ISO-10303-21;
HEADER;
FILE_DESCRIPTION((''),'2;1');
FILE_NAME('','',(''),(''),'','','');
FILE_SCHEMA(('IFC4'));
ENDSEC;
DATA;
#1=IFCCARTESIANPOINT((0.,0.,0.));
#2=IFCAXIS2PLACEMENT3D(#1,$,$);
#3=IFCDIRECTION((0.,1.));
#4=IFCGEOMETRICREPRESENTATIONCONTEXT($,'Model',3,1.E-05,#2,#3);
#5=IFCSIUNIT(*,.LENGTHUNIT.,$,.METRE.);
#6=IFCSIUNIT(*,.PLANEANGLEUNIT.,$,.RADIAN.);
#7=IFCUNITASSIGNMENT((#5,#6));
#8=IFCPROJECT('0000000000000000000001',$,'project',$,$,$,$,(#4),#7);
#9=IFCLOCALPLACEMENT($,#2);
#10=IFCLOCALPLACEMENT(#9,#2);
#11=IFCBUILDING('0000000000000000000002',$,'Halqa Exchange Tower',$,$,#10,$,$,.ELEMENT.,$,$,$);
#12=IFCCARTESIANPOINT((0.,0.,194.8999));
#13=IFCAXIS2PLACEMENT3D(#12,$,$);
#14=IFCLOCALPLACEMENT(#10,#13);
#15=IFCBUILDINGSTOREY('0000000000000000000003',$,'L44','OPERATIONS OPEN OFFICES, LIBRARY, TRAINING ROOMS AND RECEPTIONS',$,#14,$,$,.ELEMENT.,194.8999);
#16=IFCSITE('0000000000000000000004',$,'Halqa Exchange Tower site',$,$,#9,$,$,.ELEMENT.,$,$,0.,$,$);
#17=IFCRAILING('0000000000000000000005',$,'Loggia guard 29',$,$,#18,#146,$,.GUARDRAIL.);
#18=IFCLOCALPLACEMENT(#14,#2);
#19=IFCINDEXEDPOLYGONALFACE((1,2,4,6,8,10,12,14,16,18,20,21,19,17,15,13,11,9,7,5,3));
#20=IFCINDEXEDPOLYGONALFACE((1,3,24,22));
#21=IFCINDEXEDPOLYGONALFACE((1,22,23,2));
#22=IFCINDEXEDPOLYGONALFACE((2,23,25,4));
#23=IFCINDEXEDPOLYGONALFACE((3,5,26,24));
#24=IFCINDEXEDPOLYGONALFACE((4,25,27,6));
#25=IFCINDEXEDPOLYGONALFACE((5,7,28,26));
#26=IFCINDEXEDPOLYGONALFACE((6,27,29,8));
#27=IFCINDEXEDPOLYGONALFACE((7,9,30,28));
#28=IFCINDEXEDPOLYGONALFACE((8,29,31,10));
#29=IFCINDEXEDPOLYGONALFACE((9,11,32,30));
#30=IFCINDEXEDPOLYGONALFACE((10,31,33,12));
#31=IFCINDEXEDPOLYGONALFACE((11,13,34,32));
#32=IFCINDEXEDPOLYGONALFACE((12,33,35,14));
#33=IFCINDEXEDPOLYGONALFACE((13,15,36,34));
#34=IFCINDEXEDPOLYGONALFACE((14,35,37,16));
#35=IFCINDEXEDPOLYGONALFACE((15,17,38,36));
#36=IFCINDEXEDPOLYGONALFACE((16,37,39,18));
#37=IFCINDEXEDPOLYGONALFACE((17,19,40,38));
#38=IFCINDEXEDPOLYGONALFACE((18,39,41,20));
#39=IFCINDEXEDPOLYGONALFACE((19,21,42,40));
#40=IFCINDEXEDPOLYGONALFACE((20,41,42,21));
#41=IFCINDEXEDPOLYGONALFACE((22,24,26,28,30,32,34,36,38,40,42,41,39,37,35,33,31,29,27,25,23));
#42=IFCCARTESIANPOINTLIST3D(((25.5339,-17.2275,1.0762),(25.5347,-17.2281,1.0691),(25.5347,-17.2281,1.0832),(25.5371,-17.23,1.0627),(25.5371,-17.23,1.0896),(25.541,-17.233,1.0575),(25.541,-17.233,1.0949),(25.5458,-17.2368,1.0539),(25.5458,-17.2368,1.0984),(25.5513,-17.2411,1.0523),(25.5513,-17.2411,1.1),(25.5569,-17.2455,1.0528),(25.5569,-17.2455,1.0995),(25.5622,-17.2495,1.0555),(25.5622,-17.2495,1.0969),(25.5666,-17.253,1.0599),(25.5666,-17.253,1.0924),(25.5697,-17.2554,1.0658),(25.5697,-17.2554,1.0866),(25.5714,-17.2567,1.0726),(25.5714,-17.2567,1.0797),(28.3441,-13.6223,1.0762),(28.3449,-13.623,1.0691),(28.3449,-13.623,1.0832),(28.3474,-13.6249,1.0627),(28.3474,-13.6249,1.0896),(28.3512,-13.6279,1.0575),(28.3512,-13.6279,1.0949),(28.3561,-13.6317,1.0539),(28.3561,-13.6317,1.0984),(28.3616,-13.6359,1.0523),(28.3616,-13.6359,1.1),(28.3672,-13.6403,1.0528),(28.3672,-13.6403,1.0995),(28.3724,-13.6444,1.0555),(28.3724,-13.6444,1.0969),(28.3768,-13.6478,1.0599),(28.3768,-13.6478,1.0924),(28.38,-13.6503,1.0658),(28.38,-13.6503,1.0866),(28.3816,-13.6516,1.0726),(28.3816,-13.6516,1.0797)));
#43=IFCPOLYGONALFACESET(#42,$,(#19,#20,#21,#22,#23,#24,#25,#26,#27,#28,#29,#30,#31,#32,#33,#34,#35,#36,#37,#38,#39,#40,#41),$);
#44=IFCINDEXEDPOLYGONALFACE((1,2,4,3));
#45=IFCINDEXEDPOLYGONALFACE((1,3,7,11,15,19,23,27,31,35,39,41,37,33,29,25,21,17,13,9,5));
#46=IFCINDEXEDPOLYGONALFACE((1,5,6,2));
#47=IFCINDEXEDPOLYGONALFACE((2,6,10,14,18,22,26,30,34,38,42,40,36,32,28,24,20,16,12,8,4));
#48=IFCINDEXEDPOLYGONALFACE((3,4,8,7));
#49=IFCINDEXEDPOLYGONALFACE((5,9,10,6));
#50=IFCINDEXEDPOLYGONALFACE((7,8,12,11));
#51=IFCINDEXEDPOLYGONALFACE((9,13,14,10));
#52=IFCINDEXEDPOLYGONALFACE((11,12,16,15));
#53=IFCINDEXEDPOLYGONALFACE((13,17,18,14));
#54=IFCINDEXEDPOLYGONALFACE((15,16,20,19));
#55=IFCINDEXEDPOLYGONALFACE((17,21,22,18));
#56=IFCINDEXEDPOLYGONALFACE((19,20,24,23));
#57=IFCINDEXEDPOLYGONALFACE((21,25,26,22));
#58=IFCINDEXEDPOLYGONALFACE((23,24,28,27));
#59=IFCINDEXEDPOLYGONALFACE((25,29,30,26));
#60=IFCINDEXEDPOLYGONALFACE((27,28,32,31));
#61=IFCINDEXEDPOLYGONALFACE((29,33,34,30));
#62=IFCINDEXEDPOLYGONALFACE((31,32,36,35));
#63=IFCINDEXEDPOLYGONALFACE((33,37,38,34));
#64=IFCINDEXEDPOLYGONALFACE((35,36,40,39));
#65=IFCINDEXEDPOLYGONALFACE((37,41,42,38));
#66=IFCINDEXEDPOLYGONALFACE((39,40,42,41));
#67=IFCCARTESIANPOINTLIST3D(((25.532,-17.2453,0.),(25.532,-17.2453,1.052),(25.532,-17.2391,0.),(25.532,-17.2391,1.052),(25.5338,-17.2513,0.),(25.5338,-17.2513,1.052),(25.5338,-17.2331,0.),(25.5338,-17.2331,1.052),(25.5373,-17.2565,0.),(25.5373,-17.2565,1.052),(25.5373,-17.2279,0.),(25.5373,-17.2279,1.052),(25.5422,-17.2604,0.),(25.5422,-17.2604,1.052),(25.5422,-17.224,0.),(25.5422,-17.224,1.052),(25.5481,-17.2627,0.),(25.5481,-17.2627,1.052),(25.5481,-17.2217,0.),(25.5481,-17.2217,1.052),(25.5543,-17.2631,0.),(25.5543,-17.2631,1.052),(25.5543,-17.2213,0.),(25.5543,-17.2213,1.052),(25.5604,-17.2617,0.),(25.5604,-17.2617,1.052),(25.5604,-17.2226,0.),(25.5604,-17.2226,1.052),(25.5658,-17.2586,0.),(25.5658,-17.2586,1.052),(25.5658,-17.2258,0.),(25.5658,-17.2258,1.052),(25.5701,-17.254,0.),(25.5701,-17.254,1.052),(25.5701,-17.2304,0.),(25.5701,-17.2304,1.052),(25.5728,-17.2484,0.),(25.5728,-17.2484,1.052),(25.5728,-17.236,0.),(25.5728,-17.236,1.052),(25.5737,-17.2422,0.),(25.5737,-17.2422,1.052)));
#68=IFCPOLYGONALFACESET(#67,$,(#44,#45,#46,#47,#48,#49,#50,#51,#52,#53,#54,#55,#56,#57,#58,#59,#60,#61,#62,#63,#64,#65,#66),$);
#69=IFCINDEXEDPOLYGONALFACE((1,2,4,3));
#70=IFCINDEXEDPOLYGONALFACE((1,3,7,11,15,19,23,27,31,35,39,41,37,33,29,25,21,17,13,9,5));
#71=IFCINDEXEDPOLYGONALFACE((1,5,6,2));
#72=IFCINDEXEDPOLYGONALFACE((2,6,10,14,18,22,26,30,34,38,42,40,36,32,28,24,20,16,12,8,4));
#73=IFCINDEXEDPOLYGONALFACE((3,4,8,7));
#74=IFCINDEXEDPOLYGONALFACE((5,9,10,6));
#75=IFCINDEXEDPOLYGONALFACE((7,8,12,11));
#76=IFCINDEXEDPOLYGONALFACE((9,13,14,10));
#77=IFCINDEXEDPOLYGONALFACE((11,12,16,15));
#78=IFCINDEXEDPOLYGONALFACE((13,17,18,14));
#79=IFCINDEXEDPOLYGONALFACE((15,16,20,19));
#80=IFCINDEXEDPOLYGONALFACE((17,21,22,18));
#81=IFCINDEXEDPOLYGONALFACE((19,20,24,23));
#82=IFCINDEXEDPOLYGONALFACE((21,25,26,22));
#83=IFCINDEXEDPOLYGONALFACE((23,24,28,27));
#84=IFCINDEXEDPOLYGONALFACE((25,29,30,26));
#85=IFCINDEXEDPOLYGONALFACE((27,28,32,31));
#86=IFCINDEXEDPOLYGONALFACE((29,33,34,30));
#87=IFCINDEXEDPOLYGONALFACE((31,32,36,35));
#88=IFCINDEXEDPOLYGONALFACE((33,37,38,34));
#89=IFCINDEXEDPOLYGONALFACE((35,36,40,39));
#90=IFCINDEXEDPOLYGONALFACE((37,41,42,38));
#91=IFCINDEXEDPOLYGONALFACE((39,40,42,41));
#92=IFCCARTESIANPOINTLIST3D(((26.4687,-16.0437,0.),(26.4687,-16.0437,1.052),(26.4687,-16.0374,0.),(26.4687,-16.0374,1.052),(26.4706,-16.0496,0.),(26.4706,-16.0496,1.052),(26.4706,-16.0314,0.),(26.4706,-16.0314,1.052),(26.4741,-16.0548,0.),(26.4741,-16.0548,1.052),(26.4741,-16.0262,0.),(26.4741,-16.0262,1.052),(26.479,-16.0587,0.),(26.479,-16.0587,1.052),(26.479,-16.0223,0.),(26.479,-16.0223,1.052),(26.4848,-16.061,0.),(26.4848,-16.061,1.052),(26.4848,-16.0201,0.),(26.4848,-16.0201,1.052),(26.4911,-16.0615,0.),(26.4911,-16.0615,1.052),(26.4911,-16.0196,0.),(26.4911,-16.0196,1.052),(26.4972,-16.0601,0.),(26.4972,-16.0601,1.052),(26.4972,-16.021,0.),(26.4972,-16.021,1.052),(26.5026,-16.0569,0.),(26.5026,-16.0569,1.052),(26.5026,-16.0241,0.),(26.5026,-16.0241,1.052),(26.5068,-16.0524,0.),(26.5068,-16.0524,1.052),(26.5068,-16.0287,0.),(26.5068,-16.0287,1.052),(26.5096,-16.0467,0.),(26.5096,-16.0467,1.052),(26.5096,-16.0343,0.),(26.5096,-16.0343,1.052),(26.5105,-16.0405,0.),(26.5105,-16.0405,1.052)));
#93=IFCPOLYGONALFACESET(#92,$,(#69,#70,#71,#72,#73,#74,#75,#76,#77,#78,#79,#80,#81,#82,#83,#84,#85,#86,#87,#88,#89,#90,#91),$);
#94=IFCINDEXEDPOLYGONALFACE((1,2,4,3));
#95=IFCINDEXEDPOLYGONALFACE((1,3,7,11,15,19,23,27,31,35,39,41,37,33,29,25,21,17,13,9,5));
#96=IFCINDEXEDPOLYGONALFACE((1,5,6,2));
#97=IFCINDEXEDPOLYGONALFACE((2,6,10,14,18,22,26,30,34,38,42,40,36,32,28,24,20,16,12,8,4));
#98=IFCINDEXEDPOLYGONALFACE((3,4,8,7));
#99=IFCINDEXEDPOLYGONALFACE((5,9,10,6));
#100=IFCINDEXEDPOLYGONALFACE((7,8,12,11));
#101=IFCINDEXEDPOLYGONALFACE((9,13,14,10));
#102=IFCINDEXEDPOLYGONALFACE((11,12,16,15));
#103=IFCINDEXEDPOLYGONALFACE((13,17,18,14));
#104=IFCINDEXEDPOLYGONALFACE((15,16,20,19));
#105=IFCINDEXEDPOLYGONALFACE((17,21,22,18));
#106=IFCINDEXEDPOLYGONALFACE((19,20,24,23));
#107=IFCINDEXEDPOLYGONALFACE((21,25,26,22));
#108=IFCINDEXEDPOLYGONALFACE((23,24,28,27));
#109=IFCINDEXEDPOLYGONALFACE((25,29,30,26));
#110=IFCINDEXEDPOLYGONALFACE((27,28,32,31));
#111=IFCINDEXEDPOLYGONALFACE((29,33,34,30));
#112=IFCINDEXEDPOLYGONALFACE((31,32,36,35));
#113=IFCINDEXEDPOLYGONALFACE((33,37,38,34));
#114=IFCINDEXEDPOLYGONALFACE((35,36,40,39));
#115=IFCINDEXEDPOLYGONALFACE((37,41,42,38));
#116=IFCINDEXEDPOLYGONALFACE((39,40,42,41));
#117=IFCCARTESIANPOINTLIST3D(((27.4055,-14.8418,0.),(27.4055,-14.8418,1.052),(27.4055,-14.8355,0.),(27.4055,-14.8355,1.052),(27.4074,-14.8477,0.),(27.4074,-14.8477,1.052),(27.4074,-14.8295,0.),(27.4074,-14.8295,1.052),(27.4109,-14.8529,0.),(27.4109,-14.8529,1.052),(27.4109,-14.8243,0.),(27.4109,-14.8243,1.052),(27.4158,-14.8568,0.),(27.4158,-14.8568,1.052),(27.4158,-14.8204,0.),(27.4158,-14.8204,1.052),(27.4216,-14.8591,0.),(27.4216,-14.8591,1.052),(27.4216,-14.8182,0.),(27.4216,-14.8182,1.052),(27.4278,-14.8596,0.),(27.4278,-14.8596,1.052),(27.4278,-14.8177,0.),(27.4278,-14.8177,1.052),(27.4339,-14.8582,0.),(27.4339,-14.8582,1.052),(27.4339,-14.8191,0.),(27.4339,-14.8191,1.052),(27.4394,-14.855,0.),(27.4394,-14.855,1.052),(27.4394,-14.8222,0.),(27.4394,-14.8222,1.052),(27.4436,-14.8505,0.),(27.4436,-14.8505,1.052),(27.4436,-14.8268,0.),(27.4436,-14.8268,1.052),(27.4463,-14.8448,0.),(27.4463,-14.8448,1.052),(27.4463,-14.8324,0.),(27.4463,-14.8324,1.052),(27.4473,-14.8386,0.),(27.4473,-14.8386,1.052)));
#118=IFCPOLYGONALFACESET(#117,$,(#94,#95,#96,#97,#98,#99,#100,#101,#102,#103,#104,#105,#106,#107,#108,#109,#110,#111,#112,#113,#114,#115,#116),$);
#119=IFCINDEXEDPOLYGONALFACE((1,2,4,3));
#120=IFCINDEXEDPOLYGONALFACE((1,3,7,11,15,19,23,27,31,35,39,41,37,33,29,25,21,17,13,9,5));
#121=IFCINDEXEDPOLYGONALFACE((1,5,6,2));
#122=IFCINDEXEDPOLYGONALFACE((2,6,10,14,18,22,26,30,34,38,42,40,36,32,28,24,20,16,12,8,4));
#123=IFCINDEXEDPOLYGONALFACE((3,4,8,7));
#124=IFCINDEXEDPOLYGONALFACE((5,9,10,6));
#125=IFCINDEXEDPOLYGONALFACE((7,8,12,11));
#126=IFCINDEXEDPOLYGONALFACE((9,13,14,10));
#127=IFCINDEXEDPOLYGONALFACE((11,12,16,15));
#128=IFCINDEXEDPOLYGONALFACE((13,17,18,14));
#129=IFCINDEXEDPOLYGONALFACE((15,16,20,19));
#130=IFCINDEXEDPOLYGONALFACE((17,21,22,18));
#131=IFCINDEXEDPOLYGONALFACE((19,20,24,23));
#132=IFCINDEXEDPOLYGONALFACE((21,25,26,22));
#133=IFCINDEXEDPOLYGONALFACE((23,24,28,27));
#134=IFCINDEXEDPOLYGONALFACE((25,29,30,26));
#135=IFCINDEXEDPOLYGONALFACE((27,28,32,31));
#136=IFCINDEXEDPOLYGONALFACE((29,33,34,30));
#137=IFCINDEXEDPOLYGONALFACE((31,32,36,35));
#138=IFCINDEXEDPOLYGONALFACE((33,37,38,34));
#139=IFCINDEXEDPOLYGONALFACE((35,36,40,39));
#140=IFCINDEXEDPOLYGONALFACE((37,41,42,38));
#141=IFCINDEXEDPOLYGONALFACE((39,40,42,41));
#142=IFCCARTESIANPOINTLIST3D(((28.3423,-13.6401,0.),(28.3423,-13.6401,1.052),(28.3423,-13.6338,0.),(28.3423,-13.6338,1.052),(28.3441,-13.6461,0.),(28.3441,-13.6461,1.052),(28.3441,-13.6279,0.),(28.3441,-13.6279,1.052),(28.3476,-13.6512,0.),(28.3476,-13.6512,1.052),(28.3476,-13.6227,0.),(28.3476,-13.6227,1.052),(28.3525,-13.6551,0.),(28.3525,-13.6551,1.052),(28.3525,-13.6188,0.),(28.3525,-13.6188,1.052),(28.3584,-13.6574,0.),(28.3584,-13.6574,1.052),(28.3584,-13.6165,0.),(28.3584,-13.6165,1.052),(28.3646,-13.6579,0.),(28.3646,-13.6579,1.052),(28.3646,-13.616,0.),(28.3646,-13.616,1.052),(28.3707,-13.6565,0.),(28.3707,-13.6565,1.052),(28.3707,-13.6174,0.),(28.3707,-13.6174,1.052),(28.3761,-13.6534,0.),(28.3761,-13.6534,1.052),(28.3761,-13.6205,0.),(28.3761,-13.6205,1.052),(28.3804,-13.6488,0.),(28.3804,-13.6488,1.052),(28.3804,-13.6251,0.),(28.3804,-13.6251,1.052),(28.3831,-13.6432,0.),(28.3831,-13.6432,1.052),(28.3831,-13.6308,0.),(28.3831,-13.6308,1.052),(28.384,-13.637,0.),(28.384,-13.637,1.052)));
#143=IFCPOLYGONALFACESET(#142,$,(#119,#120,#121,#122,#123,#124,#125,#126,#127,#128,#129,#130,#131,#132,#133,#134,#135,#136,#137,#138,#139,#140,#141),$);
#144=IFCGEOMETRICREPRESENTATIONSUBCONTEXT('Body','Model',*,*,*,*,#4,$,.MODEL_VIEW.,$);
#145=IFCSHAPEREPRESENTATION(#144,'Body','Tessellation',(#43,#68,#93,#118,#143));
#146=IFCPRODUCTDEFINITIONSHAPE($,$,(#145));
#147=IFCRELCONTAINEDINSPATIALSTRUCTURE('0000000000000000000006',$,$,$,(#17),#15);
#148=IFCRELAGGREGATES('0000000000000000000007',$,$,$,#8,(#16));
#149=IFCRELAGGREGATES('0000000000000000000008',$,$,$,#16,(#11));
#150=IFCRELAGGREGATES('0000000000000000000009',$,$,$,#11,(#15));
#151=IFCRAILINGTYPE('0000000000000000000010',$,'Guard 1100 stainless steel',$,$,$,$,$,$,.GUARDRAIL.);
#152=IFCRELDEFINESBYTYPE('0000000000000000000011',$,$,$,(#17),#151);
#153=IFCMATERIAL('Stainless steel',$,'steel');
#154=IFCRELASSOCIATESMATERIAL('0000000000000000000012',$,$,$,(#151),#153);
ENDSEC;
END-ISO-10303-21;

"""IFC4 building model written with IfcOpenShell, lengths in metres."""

from ifc_helpers import new_model, si_unit, direction, frame, origin, origin_2d, place, context, subcontext, project, spatial, circle, extrude, material, type_object, element, save


model = new_model("IFC4")

# Units and contexts
model_context = context("Model", 3, precision=1e-05, world=origin(), true_north=direction((0.0, 1.0)))
body_context = subcontext(model_context, "Body", "Model", "MODEL_VIEW")
ifc_project = project(units=[si_unit("LENGTHUNIT", "METRE"), si_unit("PLANEANGLEUNIT", "RADIAN")], contexts=[model_context])

# Site, building, storey
site_placement = place(None, origin())
site = spatial("IfcSite", under=ifc_project, at=site_placement, Name="Halqa Exchange Tower site", CompositionType="ELEMENT", RefElevation=0.0)
building_placement = place(site_placement, origin())
building = spatial("IfcBuilding", under=site, at=building_placement, Name="Halqa Exchange Tower", CompositionType="ELEMENT")
storey_placement = place(building_placement, frame((0.0, 0.0, 194.8999)))
storey = spatial("IfcBuildingStorey", under=building, at=storey_placement, Name="L44", Description="OPERATIONS OPEN OFFICES, LIBRARY, TRAINING ROOMS AND RECEPTIONS", CompositionType="ELEMENT", Elevation=194.8999)

# Railing
ifc_material_1 = material(Name="Stainless steel", Category="steel")
railing_type = type_object("IfcRailingType", Name="Guard 1100 stainless steel", PredefinedType="GUARDRAIL", material=ifc_material_1)
railing_1_placement = place(storey_placement, frame((25.5527, -17.2422, 0.0)))
element("IfcRailing", 1, at=railing_1_placement, inside=storey, type_object=railing_type, Name="Loggia guard 29", PredefinedType="GUARDRAIL", context=body_context, shape_type="SweptSolid", body=[
    extrude(circle(Radius=0.0239, at=origin_2d()), frame((0.0, 0.0, 1.0762), z_axis=(0.614791, 0.78869, 0.0), x_axis=(-0.78869, 0.614791, 0.0)), (0.0, 0.0, 1.0), 4.571),
    extrude(circle(Radius=0.021, at=origin_2d()), origin(), (0.0, 0.0, 1.0), 1.052),
    extrude(circle(Radius=0.021, at=origin_2d()), frame((0.9368, 1.2017, 0.0)), (0.0, 0.0, 1.0), 1.052),
    extrude(circle(Radius=0.021, at=origin_2d()), frame((1.8735, 2.4036, 0.0)), (0.0, 0.0, 1.0), 1.052),
    extrude(circle(Radius=0.021, at=origin_2d()), frame((2.8103, 3.6052, 0.0)), (0.0, 0.0, 1.0), 1.052),
])

save(model, "model.ifc")
